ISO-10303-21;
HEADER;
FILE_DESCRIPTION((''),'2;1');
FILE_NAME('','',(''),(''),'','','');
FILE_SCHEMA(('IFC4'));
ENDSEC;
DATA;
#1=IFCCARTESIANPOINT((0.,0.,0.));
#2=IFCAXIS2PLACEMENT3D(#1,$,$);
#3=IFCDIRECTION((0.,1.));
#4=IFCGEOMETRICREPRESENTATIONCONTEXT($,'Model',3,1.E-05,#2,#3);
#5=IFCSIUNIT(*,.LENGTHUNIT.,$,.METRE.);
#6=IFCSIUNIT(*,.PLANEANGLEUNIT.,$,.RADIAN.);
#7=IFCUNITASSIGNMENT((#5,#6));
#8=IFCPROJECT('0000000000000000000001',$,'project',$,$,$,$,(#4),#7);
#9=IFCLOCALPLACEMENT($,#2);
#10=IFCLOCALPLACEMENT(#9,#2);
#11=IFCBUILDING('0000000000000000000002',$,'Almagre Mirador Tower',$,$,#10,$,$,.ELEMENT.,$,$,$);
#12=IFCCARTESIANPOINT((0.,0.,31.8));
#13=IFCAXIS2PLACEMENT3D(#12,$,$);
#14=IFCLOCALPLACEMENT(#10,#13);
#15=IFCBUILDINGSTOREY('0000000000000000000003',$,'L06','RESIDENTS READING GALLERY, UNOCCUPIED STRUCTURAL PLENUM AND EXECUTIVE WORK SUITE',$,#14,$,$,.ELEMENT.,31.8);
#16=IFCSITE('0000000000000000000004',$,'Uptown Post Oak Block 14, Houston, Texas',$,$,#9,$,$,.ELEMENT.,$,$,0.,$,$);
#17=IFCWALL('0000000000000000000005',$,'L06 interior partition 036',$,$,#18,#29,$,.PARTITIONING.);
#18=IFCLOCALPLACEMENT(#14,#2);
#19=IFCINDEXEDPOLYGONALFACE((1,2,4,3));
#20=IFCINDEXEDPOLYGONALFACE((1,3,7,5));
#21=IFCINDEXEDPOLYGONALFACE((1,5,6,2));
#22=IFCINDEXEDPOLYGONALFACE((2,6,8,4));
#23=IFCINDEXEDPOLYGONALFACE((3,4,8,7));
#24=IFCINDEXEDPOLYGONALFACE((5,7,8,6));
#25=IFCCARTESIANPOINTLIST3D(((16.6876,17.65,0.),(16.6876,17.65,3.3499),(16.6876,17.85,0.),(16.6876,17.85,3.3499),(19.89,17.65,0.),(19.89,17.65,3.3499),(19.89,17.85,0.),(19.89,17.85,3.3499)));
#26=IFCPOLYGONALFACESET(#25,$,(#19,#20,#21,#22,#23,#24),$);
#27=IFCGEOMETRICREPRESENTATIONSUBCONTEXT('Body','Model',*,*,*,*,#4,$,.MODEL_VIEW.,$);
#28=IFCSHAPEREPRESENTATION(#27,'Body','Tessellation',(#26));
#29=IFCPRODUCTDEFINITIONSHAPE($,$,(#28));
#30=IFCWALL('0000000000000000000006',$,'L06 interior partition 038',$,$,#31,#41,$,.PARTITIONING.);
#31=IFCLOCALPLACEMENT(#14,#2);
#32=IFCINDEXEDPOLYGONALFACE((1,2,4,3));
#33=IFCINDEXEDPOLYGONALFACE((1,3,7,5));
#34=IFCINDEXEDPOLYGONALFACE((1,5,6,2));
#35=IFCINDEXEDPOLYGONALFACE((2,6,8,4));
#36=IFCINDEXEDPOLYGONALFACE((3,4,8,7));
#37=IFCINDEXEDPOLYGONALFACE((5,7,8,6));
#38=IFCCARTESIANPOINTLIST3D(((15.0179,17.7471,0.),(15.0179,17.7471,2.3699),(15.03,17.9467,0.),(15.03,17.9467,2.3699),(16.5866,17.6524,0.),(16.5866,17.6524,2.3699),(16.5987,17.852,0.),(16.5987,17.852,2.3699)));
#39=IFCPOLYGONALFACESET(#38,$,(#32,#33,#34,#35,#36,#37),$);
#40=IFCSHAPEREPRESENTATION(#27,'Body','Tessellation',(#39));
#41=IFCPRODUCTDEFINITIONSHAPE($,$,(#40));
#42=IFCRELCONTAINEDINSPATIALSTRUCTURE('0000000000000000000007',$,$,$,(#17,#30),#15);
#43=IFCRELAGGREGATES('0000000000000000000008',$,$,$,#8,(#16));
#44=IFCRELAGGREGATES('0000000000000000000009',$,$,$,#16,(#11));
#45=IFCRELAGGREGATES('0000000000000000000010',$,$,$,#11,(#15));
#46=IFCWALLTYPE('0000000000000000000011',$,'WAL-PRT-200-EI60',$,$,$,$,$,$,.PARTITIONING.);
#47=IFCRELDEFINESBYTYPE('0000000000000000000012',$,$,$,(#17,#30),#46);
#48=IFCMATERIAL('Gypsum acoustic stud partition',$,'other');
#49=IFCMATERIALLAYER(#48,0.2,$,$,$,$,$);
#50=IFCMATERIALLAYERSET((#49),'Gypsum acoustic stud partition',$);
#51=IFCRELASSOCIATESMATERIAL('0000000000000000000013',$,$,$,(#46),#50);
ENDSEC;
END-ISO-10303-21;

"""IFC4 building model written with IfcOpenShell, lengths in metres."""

from ifc_helpers import new_model, si_unit, direction, frame, frame_2d, origin, place, context, subcontext, project, spatial, rectangle, extrude, material, layer, layer_set, type_object, element, save


model = new_model("IFC4")

# Units and contexts
model_context = context("Model", 3, precision=1e-05, world=origin(), true_north=direction((0.0, 1.0)))
body_context = subcontext(model_context, "Body", "Model", "MODEL_VIEW")
ifc_project = project(units=[si_unit("LENGTHUNIT", "METRE"), si_unit("PLANEANGLEUNIT", "RADIAN")], contexts=[model_context])

# Site, building, storey
site_placement = place(None, origin())
site = spatial("IfcSite", under=ifc_project, at=site_placement, Name="Uptown Post Oak Block 14, Houston, Texas", CompositionType="ELEMENT", RefElevation=0.0)
building_placement = place(site_placement, origin())
building = spatial("IfcBuilding", under=site, at=building_placement, Name="Almagre Mirador Tower", CompositionType="ELEMENT")
storey_placement = place(building_placement, frame((0.0, 0.0, 31.8)))
storey = spatial("IfcBuildingStorey", under=building, at=storey_placement, Name="L06", Description="RESIDENTS READING GALLERY, UNOCCUPIED STRUCTURAL PLENUM AND EXECUTIVE WORK SUITE", CompositionType="ELEMENT", Elevation=31.8)

# Walls
ifc_material_1 = material(Name="Gypsum acoustic stud partition", Category="other")
ifc_layer_1 = layer(ifc_material_1, 0.2)
ifc_layer_set_1 = layer_set([ifc_layer_1], Name="Gypsum acoustic stud partition")
wall_type_1 = type_object("IfcWallType", Name="WAL-PRT-200-EI60", PredefinedType="PARTITIONING", material=ifc_layer_set_1)
wall_1_placement = place(storey_placement, frame((19.8899, 17.75, 0.0), z_axis=(0.0, 0.0, 1.0), x_axis=(-1.0, 0.0, 0.0)))
element("IfcWall", 1, at=wall_1_placement, inside=storey, type_object=wall_type_1, Name="L06 interior partition 036", PredefinedType="PARTITIONING", context=body_context, shape_type="SweptSolid", body=[
    extrude(rectangle(XDim=3.2024, YDim=0.2, at=frame_2d((1.6011, 0.0))), origin(), (0.0, 0.0, 1.0), 3.3499),
])
wall_2_placement = place(storey_placement, frame((16.5925, 17.7522, 0.0), z_axis=(0.0, 0.0, 1.0), x_axis=(-0.998182, 0.060279, 0.0)))
element("IfcWall", 2, at=wall_2_placement, inside=storey, type_object=wall_type_1, Name="L06 interior partition 038", PredefinedType="PARTITIONING", context=body_context, shape_type="SweptSolid", body=[
    extrude(rectangle(XDim=1.5715, YDim=0.2, at=frame_2d((0.7856, 0.0))), origin(), (0.0, 0.0, 1.0), 2.3699),
])

save(model, "model.ifc")
